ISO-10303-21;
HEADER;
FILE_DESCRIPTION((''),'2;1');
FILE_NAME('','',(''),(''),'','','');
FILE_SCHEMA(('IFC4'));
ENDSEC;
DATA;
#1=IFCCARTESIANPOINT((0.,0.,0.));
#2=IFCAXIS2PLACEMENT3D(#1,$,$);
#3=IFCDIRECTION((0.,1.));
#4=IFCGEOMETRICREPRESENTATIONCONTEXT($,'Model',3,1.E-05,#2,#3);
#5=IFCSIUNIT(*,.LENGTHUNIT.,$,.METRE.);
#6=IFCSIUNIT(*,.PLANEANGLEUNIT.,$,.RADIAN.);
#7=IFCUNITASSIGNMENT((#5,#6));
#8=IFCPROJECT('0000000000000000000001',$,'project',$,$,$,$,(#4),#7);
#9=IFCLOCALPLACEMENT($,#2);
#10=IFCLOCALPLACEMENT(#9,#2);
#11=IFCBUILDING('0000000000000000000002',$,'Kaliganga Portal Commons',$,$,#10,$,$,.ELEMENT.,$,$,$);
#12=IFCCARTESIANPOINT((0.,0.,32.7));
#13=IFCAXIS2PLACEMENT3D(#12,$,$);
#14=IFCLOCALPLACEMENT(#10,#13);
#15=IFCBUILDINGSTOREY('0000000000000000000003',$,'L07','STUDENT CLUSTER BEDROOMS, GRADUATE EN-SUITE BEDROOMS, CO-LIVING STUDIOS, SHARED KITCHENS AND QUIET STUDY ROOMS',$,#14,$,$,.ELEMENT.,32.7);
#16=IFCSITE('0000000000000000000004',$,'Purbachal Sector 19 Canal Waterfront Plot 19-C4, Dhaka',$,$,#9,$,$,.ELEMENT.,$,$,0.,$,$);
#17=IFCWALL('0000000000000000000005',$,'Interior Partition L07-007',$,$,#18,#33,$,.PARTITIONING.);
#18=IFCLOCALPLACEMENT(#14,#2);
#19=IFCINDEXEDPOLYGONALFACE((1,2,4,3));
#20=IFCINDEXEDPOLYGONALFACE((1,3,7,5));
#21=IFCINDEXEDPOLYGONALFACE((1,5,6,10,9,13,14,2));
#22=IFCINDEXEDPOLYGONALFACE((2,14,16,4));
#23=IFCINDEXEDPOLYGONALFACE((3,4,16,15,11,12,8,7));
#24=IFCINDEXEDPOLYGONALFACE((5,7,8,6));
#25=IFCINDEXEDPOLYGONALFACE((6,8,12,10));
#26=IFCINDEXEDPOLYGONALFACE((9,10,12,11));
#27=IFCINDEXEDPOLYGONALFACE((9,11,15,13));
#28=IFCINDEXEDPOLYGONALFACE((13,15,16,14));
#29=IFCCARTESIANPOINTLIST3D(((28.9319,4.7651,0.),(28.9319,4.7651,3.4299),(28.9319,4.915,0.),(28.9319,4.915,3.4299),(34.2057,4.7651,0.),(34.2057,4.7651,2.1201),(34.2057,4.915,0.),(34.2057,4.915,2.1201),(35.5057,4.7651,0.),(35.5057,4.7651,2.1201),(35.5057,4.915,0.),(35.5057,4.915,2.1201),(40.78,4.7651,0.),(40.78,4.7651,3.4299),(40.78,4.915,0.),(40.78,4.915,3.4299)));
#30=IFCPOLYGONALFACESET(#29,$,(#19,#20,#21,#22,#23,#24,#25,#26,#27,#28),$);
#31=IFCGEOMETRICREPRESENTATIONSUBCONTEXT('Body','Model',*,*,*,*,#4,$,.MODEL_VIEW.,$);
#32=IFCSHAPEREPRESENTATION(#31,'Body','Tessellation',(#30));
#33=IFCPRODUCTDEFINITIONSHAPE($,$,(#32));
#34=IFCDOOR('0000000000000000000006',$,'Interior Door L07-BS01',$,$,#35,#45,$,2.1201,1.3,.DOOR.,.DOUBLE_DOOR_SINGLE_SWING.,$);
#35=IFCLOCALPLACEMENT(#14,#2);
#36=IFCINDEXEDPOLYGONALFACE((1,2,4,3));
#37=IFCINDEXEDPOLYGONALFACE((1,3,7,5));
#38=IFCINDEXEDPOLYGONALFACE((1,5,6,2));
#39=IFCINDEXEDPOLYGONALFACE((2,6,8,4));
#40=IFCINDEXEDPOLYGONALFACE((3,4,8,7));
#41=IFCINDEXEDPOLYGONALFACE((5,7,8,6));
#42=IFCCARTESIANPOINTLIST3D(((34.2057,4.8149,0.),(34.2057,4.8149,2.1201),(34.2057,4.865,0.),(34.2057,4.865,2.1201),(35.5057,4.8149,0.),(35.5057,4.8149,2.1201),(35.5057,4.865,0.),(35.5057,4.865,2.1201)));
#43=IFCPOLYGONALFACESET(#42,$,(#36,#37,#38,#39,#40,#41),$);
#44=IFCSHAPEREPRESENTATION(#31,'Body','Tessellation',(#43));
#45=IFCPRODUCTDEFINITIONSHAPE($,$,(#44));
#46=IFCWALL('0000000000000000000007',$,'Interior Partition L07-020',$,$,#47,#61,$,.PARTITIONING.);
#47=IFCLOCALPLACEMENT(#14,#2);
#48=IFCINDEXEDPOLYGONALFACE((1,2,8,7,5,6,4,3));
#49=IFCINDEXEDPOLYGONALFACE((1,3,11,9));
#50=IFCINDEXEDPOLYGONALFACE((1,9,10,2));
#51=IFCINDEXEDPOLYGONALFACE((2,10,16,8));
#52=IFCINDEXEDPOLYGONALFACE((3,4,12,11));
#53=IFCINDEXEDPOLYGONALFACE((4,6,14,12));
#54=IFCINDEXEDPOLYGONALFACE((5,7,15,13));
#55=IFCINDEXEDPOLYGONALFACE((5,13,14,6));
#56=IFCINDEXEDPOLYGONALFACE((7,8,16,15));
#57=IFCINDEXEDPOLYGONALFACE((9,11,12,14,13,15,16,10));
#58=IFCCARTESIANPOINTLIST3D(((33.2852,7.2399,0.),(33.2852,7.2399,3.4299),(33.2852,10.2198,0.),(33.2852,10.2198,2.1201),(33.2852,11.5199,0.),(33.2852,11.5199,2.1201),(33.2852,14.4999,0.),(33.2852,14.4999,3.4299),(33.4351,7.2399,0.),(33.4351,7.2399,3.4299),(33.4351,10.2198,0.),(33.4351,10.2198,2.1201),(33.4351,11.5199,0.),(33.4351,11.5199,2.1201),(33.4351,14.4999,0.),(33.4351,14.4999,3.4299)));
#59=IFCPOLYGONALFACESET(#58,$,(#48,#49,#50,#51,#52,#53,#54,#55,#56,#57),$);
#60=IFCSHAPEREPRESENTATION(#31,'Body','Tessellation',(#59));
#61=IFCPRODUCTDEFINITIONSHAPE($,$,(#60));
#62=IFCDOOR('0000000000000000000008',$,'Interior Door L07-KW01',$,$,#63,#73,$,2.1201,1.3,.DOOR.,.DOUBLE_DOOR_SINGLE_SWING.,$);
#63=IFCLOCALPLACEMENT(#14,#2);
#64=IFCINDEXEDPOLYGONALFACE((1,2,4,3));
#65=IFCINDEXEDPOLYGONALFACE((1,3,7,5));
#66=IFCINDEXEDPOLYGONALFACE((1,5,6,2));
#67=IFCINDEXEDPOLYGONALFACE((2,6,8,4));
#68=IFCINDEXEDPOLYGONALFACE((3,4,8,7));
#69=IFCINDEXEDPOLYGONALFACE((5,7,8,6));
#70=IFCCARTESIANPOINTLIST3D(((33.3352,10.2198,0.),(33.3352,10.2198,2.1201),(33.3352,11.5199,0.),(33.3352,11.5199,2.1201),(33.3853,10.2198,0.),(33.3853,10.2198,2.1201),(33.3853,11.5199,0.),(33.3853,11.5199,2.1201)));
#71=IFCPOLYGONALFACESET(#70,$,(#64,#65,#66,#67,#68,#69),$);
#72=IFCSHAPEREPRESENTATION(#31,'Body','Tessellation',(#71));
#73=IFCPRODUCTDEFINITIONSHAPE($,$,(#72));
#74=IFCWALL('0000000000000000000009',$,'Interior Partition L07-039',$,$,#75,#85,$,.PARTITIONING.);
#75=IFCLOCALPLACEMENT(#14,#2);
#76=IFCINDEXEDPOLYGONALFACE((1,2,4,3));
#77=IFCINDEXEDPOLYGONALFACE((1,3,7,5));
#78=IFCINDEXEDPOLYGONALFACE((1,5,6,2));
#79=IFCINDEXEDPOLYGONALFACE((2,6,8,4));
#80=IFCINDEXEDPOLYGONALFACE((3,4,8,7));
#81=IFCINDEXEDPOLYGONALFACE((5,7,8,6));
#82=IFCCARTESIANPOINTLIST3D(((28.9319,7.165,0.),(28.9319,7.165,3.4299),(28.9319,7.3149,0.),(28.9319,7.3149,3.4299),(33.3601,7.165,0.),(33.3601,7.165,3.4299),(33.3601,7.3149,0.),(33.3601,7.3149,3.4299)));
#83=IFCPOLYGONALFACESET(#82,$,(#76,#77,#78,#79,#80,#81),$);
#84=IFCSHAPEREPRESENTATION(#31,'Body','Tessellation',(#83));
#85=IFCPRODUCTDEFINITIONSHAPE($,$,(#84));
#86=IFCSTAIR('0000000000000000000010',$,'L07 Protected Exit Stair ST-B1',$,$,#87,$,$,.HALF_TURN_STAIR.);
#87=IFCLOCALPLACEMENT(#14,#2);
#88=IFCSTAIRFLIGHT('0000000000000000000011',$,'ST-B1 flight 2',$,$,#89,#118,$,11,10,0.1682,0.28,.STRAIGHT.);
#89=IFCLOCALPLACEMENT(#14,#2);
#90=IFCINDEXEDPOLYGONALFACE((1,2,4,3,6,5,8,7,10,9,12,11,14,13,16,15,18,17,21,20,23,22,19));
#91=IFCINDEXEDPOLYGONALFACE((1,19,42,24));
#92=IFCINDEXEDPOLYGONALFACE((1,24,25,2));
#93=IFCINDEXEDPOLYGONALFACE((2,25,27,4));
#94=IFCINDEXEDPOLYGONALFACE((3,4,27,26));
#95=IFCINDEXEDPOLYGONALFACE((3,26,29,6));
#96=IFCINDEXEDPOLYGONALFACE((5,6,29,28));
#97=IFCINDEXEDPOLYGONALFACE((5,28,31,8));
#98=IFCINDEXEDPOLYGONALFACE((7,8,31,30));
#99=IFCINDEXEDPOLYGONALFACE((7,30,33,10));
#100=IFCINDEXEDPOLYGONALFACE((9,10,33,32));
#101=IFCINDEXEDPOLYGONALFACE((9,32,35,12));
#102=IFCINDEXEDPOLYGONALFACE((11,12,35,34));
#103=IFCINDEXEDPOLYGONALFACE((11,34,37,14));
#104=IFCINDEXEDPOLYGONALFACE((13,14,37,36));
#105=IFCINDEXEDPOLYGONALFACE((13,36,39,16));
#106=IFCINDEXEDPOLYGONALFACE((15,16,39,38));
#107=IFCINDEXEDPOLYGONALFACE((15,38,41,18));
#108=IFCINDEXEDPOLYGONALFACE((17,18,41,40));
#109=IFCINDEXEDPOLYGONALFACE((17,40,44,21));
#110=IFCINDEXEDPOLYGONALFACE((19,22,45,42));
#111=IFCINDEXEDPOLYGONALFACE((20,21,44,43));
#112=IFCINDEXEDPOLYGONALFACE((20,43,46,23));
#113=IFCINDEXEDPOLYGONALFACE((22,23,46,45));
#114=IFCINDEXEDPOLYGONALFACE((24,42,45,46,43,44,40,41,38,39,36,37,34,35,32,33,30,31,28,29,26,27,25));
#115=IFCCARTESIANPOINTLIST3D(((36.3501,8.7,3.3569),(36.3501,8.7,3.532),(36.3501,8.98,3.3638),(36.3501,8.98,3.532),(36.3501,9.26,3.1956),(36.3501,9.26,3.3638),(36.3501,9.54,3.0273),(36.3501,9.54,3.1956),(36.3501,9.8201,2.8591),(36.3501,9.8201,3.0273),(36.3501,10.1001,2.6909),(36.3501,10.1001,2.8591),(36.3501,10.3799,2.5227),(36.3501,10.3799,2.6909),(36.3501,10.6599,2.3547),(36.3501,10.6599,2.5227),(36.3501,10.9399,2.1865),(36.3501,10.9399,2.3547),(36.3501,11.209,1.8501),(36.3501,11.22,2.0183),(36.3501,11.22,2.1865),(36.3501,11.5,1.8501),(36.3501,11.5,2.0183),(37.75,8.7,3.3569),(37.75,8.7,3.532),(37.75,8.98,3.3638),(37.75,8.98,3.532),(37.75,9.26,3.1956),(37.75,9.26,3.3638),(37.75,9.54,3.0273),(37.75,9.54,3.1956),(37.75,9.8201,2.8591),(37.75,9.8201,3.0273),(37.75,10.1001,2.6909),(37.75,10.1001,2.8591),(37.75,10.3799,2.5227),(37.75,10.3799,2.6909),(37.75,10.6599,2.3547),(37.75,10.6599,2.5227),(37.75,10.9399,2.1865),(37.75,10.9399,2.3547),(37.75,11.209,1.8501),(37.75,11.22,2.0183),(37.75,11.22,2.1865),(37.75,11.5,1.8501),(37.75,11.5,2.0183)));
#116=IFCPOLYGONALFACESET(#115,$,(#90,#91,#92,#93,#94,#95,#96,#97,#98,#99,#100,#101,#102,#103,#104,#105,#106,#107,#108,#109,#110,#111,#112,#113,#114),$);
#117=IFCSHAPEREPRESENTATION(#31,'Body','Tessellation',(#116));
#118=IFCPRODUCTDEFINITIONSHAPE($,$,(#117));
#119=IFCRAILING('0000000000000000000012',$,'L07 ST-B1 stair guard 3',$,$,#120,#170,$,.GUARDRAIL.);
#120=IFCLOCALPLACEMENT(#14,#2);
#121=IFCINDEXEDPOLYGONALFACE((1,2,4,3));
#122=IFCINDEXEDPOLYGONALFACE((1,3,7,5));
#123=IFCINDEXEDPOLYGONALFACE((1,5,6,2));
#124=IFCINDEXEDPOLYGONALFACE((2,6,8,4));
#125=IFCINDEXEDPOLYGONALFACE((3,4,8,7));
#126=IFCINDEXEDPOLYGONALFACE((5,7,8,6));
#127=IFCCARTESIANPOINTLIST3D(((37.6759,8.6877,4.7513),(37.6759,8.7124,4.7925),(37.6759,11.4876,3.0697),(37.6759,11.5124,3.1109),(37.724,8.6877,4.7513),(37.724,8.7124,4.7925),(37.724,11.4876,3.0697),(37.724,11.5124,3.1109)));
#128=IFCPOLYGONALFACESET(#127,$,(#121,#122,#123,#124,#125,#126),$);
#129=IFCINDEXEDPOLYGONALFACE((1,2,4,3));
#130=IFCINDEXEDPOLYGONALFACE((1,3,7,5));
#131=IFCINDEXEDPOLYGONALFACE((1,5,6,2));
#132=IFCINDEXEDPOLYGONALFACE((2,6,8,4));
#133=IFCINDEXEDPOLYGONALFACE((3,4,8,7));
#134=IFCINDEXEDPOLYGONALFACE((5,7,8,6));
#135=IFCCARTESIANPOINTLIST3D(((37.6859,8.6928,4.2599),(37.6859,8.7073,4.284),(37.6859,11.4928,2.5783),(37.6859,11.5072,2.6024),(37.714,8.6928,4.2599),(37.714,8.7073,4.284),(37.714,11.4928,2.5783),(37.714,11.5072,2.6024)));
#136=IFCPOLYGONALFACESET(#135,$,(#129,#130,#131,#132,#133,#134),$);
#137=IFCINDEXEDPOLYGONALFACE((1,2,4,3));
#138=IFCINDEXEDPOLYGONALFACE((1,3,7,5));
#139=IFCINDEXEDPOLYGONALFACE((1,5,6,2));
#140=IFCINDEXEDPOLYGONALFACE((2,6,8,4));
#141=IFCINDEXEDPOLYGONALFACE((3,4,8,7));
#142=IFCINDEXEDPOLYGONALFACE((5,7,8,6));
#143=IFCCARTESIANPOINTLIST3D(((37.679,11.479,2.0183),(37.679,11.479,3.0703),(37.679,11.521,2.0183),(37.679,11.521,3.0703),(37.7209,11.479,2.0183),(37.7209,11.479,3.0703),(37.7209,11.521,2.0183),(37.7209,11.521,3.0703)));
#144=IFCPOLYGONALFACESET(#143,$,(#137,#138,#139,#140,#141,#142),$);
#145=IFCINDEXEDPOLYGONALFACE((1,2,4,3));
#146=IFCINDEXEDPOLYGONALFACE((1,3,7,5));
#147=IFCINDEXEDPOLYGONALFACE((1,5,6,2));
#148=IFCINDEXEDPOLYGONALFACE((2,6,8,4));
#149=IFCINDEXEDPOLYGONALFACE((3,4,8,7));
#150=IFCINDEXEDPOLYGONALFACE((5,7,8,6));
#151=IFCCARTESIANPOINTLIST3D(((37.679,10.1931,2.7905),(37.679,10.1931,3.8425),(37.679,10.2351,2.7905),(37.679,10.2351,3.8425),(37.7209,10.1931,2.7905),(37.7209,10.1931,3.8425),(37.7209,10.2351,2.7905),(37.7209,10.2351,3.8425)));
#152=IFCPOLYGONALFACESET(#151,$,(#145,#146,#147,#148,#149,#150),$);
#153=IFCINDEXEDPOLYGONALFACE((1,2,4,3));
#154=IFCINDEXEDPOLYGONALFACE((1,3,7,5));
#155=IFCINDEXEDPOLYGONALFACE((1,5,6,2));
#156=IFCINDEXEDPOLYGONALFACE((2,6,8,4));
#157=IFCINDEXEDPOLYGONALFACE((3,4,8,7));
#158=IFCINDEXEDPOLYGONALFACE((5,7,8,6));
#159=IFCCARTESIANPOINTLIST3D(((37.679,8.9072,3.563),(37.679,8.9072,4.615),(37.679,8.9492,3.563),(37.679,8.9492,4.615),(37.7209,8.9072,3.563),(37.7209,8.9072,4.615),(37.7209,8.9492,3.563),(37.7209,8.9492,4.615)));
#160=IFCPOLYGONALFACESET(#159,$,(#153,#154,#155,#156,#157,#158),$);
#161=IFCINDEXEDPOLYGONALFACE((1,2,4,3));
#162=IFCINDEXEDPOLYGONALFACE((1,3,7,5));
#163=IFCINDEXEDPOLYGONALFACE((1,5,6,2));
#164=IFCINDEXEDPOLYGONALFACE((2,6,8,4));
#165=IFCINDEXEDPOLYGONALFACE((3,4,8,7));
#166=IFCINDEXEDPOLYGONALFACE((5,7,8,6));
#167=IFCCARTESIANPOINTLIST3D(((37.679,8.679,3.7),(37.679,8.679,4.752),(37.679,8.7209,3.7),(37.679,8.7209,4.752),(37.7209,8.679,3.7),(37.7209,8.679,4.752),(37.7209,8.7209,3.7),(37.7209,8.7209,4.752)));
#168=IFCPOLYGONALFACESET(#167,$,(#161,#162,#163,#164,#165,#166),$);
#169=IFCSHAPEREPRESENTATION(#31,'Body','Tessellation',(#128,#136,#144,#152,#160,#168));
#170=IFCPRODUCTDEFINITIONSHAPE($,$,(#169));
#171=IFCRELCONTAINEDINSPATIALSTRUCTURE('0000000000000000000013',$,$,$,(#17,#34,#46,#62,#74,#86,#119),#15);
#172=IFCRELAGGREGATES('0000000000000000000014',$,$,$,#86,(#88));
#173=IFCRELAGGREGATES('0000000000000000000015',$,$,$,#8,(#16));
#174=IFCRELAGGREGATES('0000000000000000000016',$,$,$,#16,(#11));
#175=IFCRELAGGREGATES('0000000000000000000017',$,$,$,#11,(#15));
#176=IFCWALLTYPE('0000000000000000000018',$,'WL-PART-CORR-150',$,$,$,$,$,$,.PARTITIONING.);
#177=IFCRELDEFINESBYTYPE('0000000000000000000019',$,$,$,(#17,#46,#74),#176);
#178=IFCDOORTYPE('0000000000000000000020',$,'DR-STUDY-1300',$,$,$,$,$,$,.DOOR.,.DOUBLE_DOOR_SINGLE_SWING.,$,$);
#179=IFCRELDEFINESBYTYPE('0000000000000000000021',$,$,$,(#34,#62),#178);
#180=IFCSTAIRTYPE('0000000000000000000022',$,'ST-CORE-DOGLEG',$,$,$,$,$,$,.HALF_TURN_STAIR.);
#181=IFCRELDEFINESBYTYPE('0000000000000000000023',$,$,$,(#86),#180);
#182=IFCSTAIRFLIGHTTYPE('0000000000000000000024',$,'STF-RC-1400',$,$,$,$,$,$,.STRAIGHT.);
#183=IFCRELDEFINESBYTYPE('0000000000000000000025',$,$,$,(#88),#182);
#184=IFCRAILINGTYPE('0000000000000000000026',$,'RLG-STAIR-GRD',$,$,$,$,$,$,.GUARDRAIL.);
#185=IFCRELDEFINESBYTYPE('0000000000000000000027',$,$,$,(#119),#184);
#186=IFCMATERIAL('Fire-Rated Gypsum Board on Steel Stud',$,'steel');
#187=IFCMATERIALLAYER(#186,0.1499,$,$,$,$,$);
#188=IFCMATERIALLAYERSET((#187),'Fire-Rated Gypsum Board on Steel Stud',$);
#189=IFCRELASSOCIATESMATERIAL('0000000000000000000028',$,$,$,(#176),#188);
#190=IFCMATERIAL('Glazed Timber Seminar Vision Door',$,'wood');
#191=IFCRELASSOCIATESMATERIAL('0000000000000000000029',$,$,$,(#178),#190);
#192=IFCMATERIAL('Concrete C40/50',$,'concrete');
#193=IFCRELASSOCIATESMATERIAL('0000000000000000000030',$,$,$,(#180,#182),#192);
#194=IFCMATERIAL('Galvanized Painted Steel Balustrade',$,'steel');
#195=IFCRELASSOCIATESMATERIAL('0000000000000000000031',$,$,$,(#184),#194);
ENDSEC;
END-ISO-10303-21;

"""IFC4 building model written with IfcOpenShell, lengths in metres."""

from ifc_helpers import new_model, si_unit, direction, frame, frame_2d, origin, origin_2d, place, context, subcontext, project, spatial, polyline, rectangle, outline, extrude, material, layer, layer_set, type_object, element, fill, aggregate, save


model = new_model("IFC4")

# Units and contexts
model_context = context("Model", 3, precision=1e-05, world=origin(), true_north=direction((0.0, 1.0)))
body_context = subcontext(model_context, "Body", "Model", "MODEL_VIEW")
ifc_project = project(units=[si_unit("LENGTHUNIT", "METRE"), si_unit("PLANEANGLEUNIT", "RADIAN")], contexts=[model_context])

# Site, building, storey
site_placement = place(None, origin())
site = spatial("IfcSite", under=ifc_project, at=site_placement, Name="Purbachal Sector 19 Canal Waterfront Plot 19-C4, Dhaka", CompositionType="ELEMENT", RefElevation=0.0)
building_placement = place(site_placement, origin())
building = spatial("IfcBuilding", under=site, at=building_placement, Name="Kaliganga Portal Commons", CompositionType="ELEMENT")
storey_placement = place(building_placement, frame((0.0, 0.0, 32.7)))
storey = spatial("IfcBuildingStorey", under=building, at=storey_placement, Name="L07", Description="STUDENT CLUSTER BEDROOMS, GRADUATE EN-SUITE BEDROOMS, CO-LIVING STUDIOS, SHARED KITCHENS AND QUIET STUDY ROOMS", CompositionType="ELEMENT", Elevation=32.7)

# Walls, openings, doors
ifc_material_1 = material(Name="Fire-Rated Gypsum Board on Steel Stud", Category="steel")
ifc_layer_1 = layer(ifc_material_1, 0.1499)
ifc_layer_set_1 = layer_set([ifc_layer_1], Name="Fire-Rated Gypsum Board on Steel Stud")
wall_type_1 = type_object("IfcWallType", Name="WL-PART-CORR-150", PredefinedType="PARTITIONING", material=ifc_layer_set_1)
wall_1_placement = place(storey_placement, frame((28.9319, 4.8401, 0.0), z_axis=(0.0, 0.0, 1.0), x_axis=(1.0, 0.0, 0.0)))
wall_1 = element("IfcWall", 1, at=wall_1_placement, inside=storey, type_object=wall_type_1, Name="Interior Partition L07-007", PredefinedType="PARTITIONING", context=body_context, shape_type="SweptSolid", body=[
    extrude(rectangle(XDim=11.8481, YDim=0.1499, at=frame_2d((5.9241, 0.0))), origin(), (0.0, 0.0, 1.0), 3.4299),
])
opening_1_placement = place(wall_1_placement, frame((5.2739, 0.0, 0.0)))
opening_1 = element("IfcOpeningElement", 2, at=opening_1_placement, cuts=wall_1, PredefinedType="OPENING", context=body_context, shape_type="SweptSolid", body=[
    extrude(rectangle(XDim=1.3, YDim=2.1201, at=frame_2d((0.6499, 1.0601))), frame((0.0, 0.085, 0.0), z_axis=(0.0, -1.0, 0.0), x_axis=(1.0, 0.0, 0.0)), (0.0, 0.0, 1.0), 0.1699),
])
ifc_material_2 = material(Name="Glazed Timber Seminar Vision Door", Category="wood")
door_type = type_object("IfcDoorType", Name="DR-STUDY-1300", OperationType="DOUBLE_DOOR_SINGLE_SWING", PredefinedType="DOOR", material=ifc_material_2)
door_1_placement = place(opening_1_placement, origin())
door_1 = element("IfcDoor", 3, at=door_1_placement, inside=storey, type_object=door_type, Name="Interior Door L07-BS01", OperationType="DOUBLE_DOOR_SINGLE_SWING", OverallHeight=2.1201, OverallWidth=1.3, PredefinedType="DOOR", context=body_context, shape_type="SweptSolid", body=[
    extrude(rectangle(XDim=1.3, YDim=2.1201, at=frame_2d((0.6499, 1.0601))), frame((0.0, 0.0249, 0.0), z_axis=(0.0, -1.0, 0.0), x_axis=(1.0, 0.0, 0.0)), (0.0, 0.0, 1.0), 0.05),
])
fill(opening_1, door_1)
wall_2_placement = place(storey_placement, frame((33.3601, 7.24, 0.0), z_axis=(0.0, 0.0, 1.0), x_axis=(0.0, 1.0, 0.0)))
wall_2 = element("IfcWall", 4, at=wall_2_placement, inside=storey, type_object=wall_type_1, Name="Interior Partition L07-020", PredefinedType="PARTITIONING", context=body_context, shape_type="SweptSolid", body=[
    extrude(rectangle(XDim=7.26, YDim=0.1499, at=frame_2d((3.6299, 0.0))), origin(), (0.0, 0.0, 1.0), 3.4299),
])
opening_2_placement = place(wall_2_placement, frame((2.98, 0.0, 0.0)))
opening_2 = element("IfcOpeningElement", 5, at=opening_2_placement, cuts=wall_2, PredefinedType="OPENING", context=body_context, shape_type="SweptSolid", body=[
    extrude(rectangle(XDim=1.3, YDim=2.1201, at=frame_2d((0.6499, 1.0601))), frame((0.0, 0.085, 0.0), z_axis=(0.0, -1.0, 0.0), x_axis=(1.0, 0.0, 0.0)), (0.0, 0.0, 1.0), 0.1699),
])
door_2_placement = place(opening_2_placement, origin())
door_2 = element("IfcDoor", 6, at=door_2_placement, inside=storey, type_object=door_type, Name="Interior Door L07-KW01", OperationType="DOUBLE_DOOR_SINGLE_SWING", OverallHeight=2.1201, OverallWidth=1.3, PredefinedType="DOOR", context=body_context, shape_type="SweptSolid", body=[
    extrude(rectangle(XDim=1.3, YDim=2.1201, at=frame_2d((0.6499, 1.0601))), frame((0.0, 0.0249, 0.0), z_axis=(0.0, -1.0, 0.0), x_axis=(1.0, 0.0, 0.0)), (0.0, 0.0, 1.0), 0.05),
])
fill(opening_2, door_2)

# Wall
wall_3_placement = place(storey_placement, frame((28.9319, 7.24, 0.0), z_axis=(0.0, 0.0, 1.0), x_axis=(1.0, 0.0, 0.0)))
element("IfcWall", 7, at=wall_3_placement, inside=storey, type_object=wall_type_1, Name="Interior Partition L07-039", PredefinedType="PARTITIONING", context=body_context, shape_type="SweptSolid", body=[
    extrude(rectangle(XDim=4.4282, YDim=0.1499, at=frame_2d((2.2141, 0.0))), origin(), (0.0, 0.0, 1.0), 3.4299),
])

# Stair, stair flight
ifc_material_3 = material(Name="Concrete C40/50", Category="concrete")
stair_type = type_object("IfcStairType", Name="ST-CORE-DOGLEG", PredefinedType="HALF_TURN_STAIR", material=ifc_material_3)
stair_placement = place(storey_placement, origin())
stair = element("IfcStair", 8, at=stair_placement, inside=storey, type_object=stair_type, Name="L07 Protected Exit Stair ST-B1", PredefinedType="HALF_TURN_STAIR")
stair_flight_type = type_object("IfcStairFlightType", Name="STF-RC-1400", PredefinedType="STRAIGHT", material=ifc_material_3)
stair_flight_placement = place(storey_placement, frame((37.05, 11.5, 1.8501), z_axis=(0.0, 0.0, 1.0), x_axis=(0.0, -1.0, 0.0)))
stair_flight = element("IfcStairFlight", 9, at=stair_flight_placement, type_object=stair_flight_type, Name="ST-B1 flight 2", NumberOfRisers=11, NumberOfTreads=10, PredefinedType="STRAIGHT", RiserHeight=0.1682, TreadLength=0.28, context=body_context, shape_type="SweptSolid", body=[
    extrude(outline(polyline([(0.0, 0.0), (0.0, 0.1682), (0.28, 0.1682), (0.28, 0.3364), (0.5601, 0.3364), (0.5601, 0.5046), (0.8401, 0.5046), (0.8401, 0.6726), (1.1201, 0.6726), (1.1201, 0.8408), (1.3999, 0.8408), (1.3999, 1.009), (1.6799, 1.009), (1.6799, 1.1772), (1.96, 1.1772), (1.96, 1.3455), (2.24, 1.3455), (2.24, 1.5137), (2.52, 1.5137), (2.52, 1.6819), (2.8, 1.6819), (2.8, 1.8501), (2.8, 1.5068), (0.291, 0.0), (0.0, 0.0)])), frame((0.0, 0.7, 0.0), z_axis=(0.0, -1.0, 0.0), x_axis=(1.0, 0.0, 0.0)), (0.0, 0.0, 1.0), 1.3999),
])
aggregate(stair, [stair_flight])

# Railing
ifc_material_4 = material(Name="Galvanized Painted Steel Balustrade", Category="steel")
railing_type_1 = type_object("IfcRailingType", Name="RLG-STAIR-GRD", PredefinedType="GUARDRAIL", material=ifc_material_4)
railing_1_placement = place(storey_placement, frame((37.7, 11.5, 2.0183)))
element("IfcRailing", 10, at=railing_1_placement, inside=storey, type_object=railing_type_1, Name="L07 ST-B1 stair guard 3", PredefinedType="GUARDRAIL", context=body_context, shape_type="SweptSolid", body=[
    extrude(rectangle(XDim=0.0481, YDim=0.0481, at=origin_2d()), frame((0.0, 0.0, 1.072), z_axis=(0.0, -0.857275, 0.514858), x_axis=(1.0, 0.0, 0.0)), (0.0, 0.0, 1.0), 3.2661),
    extrude(rectangle(XDim=0.0281, YDim=0.0281, at=origin_2d()), frame((0.0, 0.0, 0.572), z_axis=(0.0, -0.857275, 0.514858), x_axis=(1.0, 0.0, 0.0)), (0.0, 0.0, 1.0), 3.2661),
    extrude(rectangle(XDim=0.042, YDim=0.042, at=origin_2d()), origin(), (0.0, 0.0, 1.0), 1.052),
    extrude(rectangle(XDim=0.042, YDim=0.042, at=origin_2d()), frame((0.0, -1.2859, 0.7722)), (0.0, 0.0, 1.0), 1.052),
    extrude(rectangle(XDim=0.042, YDim=0.042, at=origin_2d()), frame((0.0, -2.5718, 1.5447)), (0.0, 0.0, 1.0), 1.052),
    extrude(rectangle(XDim=0.042, YDim=0.042, at=origin_2d()), frame((0.0, -2.8, 1.6816)), (0.0, 0.0, 1.0), 1.052),
])

save(model, "model.ifc")
